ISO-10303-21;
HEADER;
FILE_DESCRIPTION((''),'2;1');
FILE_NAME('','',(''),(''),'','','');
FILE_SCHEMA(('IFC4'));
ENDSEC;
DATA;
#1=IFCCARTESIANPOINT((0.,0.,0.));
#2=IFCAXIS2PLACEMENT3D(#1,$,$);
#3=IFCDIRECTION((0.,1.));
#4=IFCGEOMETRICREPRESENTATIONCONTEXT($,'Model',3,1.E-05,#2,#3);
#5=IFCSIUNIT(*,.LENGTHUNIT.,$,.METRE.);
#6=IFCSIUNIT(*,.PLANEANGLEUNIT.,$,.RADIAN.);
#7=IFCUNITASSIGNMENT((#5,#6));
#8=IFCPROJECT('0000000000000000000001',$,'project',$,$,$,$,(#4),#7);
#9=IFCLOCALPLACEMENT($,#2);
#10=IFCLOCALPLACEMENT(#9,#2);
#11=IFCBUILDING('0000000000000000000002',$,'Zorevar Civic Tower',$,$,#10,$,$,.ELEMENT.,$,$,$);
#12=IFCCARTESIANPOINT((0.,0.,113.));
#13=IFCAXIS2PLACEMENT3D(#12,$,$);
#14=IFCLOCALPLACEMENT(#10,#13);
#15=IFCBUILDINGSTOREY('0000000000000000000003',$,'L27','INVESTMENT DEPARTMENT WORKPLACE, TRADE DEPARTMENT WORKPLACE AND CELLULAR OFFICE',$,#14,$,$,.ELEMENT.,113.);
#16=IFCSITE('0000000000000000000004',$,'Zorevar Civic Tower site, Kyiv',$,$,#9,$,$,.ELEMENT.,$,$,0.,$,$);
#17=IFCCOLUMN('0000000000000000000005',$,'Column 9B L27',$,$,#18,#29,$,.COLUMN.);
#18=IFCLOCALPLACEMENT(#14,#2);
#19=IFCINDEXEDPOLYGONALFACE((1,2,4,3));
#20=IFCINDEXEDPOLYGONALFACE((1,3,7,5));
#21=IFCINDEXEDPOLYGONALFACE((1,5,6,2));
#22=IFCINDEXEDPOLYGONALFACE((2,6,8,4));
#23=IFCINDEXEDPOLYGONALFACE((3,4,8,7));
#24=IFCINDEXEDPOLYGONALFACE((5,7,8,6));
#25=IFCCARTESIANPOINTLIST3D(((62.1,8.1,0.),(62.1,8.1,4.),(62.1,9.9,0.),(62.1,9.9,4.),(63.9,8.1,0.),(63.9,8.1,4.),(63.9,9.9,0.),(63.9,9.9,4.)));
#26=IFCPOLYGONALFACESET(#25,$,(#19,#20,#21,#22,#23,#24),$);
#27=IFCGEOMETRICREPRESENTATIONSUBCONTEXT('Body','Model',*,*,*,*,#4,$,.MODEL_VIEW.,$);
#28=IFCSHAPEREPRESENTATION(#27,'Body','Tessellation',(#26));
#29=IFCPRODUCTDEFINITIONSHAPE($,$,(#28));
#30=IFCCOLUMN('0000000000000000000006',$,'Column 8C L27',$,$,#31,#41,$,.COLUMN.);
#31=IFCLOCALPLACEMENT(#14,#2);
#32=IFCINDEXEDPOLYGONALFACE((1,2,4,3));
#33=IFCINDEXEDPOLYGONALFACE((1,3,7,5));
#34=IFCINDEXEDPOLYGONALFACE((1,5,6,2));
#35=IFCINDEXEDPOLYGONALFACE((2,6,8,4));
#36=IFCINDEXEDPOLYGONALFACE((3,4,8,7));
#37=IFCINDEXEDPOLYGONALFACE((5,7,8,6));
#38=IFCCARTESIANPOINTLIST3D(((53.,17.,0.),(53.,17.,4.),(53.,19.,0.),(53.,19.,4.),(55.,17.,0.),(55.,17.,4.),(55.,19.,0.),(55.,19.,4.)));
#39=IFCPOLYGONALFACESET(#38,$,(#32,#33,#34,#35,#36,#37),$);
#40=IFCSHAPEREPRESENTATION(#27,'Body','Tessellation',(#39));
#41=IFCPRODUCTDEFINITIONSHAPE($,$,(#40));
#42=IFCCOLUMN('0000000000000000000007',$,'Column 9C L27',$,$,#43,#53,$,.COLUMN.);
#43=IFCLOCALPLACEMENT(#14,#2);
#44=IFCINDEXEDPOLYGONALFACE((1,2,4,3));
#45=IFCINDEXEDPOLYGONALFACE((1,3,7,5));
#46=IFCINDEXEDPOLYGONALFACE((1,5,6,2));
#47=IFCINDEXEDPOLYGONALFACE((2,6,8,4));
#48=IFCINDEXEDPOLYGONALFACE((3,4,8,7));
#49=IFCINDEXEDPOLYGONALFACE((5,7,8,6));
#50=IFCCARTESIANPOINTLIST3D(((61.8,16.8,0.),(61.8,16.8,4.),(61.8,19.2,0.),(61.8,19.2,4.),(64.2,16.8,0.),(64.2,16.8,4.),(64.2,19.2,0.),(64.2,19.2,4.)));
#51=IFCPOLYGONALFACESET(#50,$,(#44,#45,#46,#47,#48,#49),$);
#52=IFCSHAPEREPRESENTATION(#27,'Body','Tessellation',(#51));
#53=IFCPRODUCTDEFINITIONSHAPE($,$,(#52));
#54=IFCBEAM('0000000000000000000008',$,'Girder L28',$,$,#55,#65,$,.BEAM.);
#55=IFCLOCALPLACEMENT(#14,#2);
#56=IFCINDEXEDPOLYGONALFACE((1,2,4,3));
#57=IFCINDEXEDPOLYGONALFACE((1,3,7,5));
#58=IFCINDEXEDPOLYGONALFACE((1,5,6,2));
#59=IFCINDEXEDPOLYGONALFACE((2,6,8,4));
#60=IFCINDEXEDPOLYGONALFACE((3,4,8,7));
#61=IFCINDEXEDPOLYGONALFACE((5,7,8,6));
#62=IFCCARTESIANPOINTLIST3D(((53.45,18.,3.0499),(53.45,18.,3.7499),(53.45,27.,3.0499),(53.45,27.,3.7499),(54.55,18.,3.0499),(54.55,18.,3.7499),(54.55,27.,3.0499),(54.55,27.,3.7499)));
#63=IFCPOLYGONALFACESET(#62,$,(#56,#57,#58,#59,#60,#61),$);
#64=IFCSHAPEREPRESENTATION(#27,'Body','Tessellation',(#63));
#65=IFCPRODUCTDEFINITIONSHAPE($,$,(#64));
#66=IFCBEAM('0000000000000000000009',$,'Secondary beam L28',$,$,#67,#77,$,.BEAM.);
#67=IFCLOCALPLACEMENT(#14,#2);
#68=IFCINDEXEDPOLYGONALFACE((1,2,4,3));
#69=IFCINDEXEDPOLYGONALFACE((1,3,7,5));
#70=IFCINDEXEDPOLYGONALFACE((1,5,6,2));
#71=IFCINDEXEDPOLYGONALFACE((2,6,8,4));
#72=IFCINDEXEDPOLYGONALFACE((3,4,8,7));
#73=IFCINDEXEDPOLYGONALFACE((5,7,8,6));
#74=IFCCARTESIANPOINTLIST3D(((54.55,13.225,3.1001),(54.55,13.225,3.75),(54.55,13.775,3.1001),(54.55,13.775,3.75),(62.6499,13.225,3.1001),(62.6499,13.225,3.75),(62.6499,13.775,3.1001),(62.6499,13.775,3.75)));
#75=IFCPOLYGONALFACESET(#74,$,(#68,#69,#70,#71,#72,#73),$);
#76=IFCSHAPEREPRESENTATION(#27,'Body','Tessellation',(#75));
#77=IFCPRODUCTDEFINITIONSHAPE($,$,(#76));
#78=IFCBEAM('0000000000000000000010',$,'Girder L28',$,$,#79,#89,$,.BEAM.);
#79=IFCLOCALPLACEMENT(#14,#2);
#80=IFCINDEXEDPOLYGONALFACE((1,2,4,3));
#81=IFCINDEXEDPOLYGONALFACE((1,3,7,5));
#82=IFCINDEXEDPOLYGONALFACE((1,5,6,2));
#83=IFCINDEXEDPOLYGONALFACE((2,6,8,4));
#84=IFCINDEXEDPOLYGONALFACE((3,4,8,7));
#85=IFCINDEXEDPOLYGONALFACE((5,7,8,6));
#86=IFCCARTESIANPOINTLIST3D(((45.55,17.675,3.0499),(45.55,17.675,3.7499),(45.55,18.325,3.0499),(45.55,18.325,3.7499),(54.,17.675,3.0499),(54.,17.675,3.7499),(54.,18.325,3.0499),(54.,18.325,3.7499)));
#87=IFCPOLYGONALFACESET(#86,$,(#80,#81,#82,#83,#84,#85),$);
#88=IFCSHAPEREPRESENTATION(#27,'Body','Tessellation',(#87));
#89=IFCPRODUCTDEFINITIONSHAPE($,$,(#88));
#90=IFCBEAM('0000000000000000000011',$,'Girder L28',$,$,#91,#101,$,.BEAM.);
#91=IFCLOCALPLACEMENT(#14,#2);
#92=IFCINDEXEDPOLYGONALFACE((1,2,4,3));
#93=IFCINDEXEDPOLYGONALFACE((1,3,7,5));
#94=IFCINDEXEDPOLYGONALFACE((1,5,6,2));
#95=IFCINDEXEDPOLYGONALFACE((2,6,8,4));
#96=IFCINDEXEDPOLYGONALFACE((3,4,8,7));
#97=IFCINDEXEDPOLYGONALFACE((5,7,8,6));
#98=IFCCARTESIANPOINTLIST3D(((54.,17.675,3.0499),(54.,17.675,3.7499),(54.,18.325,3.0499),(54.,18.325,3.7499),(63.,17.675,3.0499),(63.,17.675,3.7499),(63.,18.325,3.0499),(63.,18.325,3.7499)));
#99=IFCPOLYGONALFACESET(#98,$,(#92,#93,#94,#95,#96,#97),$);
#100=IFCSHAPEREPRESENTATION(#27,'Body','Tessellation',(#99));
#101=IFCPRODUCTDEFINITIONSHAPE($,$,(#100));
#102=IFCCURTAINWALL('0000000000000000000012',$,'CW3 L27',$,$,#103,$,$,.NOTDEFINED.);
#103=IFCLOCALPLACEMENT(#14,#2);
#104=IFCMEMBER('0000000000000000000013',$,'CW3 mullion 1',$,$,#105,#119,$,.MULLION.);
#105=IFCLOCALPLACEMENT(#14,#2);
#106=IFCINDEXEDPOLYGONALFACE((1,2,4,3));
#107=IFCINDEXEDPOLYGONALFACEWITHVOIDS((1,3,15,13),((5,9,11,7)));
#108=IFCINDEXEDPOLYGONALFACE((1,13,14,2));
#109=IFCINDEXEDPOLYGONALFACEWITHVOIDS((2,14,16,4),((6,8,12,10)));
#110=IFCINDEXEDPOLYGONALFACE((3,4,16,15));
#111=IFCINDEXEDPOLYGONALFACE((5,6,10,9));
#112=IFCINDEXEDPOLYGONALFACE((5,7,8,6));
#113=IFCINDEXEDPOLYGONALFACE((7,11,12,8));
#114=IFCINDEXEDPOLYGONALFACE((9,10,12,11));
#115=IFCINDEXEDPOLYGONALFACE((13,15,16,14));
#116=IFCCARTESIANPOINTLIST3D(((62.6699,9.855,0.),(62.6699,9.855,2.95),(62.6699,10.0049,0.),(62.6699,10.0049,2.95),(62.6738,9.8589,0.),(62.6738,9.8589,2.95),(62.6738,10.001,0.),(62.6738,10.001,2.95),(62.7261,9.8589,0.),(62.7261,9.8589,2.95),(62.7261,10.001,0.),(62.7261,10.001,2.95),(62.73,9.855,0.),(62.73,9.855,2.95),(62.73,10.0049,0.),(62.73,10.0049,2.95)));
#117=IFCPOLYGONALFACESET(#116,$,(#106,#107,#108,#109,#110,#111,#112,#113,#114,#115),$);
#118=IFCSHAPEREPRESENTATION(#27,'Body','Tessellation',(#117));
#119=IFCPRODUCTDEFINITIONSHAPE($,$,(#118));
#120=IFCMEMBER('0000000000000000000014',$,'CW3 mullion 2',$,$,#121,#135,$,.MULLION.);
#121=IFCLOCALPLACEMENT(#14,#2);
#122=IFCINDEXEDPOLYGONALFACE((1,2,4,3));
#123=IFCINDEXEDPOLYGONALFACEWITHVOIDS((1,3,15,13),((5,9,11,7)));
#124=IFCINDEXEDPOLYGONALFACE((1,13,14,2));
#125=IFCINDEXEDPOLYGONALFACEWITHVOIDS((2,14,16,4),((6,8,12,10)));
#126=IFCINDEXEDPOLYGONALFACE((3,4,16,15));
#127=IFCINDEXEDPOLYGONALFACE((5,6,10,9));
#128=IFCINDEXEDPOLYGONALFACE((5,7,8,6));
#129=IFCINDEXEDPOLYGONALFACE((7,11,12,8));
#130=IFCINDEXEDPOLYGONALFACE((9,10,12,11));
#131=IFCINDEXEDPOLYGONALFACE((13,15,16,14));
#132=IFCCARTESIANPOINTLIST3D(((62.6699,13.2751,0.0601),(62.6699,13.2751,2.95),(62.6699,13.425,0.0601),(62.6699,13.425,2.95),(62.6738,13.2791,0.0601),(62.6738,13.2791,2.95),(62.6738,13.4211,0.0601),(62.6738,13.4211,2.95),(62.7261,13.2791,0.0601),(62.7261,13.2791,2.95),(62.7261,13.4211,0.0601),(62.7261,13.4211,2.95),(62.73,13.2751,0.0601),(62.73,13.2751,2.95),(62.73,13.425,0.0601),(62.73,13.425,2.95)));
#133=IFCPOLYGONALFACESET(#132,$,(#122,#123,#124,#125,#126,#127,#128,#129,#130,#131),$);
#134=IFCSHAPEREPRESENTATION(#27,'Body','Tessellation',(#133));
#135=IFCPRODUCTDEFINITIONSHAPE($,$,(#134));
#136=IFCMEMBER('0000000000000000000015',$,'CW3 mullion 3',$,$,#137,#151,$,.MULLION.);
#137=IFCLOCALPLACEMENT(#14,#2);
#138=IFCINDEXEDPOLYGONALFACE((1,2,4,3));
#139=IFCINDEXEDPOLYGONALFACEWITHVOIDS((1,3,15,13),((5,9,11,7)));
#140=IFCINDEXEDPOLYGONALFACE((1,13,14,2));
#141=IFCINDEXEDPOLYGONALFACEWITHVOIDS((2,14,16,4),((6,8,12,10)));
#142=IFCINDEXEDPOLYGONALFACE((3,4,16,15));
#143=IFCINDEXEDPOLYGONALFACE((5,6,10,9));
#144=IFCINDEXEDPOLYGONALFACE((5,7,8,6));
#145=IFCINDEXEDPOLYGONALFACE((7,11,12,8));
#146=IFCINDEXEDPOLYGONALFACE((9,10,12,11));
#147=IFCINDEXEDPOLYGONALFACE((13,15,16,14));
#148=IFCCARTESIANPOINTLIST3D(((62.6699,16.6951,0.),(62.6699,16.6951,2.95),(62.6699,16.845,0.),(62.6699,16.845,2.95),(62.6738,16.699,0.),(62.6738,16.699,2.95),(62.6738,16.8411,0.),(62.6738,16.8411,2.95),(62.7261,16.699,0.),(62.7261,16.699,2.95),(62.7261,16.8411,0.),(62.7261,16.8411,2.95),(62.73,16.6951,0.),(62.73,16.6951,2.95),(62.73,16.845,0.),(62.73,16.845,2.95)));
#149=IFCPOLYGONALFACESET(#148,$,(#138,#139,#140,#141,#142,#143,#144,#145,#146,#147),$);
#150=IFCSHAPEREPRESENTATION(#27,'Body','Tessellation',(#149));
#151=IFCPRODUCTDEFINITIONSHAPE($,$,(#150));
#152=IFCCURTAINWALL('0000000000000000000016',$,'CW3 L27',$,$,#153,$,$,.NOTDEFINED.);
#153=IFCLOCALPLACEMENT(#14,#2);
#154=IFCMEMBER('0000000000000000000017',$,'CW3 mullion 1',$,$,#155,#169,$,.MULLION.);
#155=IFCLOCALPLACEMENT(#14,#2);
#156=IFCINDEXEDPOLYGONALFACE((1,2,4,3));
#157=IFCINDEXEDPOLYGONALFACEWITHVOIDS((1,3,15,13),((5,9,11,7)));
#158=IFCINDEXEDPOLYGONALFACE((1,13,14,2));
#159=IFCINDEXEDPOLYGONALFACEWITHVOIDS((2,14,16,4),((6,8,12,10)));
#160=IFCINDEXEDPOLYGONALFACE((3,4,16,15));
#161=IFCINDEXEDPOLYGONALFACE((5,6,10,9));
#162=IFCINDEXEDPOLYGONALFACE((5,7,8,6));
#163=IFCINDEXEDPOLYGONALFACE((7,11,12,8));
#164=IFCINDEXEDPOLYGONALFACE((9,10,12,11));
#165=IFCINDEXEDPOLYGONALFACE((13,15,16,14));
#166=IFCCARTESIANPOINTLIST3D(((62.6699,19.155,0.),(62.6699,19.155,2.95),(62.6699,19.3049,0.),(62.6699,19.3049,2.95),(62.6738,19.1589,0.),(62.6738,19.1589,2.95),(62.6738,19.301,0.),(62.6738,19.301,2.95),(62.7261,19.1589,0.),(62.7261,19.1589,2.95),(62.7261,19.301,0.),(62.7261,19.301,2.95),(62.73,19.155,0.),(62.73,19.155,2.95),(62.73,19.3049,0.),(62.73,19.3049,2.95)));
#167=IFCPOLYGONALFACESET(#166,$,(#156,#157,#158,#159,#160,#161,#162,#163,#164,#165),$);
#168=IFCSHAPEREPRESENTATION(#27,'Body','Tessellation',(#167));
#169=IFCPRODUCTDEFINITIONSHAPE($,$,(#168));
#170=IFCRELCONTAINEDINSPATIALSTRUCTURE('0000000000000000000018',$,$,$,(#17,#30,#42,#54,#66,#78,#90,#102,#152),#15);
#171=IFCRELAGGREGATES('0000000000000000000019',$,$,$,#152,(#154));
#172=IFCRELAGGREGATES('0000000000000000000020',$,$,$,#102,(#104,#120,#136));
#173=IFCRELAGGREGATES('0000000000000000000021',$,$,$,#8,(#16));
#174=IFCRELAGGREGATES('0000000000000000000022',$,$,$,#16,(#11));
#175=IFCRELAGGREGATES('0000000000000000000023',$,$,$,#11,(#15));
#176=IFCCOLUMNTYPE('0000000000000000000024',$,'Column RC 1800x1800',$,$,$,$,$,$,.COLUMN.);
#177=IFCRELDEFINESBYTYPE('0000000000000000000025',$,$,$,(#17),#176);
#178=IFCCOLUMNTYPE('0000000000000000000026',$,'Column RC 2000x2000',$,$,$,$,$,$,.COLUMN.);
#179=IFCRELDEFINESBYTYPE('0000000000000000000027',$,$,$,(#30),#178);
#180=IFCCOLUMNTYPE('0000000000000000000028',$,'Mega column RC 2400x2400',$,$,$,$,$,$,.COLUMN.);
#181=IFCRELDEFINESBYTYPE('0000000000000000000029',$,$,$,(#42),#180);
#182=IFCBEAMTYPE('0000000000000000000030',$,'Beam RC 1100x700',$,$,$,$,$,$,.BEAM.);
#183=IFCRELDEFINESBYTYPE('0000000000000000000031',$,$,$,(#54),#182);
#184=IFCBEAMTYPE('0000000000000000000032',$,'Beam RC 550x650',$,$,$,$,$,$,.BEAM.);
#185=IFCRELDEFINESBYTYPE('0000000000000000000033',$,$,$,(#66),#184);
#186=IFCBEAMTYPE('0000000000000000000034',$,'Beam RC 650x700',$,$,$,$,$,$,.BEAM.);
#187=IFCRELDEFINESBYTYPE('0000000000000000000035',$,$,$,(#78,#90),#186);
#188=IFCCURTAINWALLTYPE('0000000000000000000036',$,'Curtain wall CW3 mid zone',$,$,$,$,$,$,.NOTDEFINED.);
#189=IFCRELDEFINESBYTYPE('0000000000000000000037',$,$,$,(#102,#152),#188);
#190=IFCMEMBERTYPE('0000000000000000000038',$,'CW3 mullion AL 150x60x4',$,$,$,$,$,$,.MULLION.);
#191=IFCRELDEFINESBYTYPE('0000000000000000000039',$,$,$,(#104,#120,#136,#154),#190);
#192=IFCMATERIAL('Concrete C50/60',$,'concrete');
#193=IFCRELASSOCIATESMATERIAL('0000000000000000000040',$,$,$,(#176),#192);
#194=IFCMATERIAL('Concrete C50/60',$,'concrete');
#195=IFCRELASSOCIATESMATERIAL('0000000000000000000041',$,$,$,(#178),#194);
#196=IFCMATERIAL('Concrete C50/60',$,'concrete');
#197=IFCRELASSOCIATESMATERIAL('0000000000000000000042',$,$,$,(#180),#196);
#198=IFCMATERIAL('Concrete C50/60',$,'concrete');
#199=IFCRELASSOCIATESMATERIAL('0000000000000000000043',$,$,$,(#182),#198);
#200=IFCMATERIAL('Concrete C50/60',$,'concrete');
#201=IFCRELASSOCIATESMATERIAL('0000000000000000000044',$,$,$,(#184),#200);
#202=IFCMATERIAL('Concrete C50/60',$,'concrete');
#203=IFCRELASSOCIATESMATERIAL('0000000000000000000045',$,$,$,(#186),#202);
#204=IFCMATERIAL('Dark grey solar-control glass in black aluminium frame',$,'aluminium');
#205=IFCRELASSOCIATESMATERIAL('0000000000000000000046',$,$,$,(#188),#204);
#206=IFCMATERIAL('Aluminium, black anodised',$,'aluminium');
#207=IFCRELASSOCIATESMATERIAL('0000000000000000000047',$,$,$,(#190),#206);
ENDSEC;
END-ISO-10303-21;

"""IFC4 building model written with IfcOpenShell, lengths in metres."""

from ifc_helpers import new_model, si_unit, direction, frame, origin, origin_2d, place, context, subcontext, project, spatial, rectangle, hollow_rectangle, extrude, material, material_profile, profile_set, type_object, element, aggregate, save


model = new_model("IFC4")

# Units and contexts
model_context = context("Model", 3, precision=1e-05, world=origin(), true_north=direction((0.0, 1.0)))
body_context = subcontext(model_context, "Body", "Model", "MODEL_VIEW")
ifc_project = project(units=[si_unit("LENGTHUNIT", "METRE"), si_unit("PLANEANGLEUNIT", "RADIAN")], contexts=[model_context])

# Site, building, storey
site_placement = place(None, origin())
site = spatial("IfcSite", under=ifc_project, at=site_placement, Name="Zorevar Civic Tower site, Kyiv", CompositionType="ELEMENT", RefElevation=0.0)
building_placement = place(site_placement, origin())
building = spatial("IfcBuilding", under=site, at=building_placement, Name="Zorevar Civic Tower", CompositionType="ELEMENT")
storey_placement = place(building_placement, frame((0.0, 0.0, 113.0)))
storey = spatial("IfcBuildingStorey", under=building, at=storey_placement, Name="L27", Description="INVESTMENT DEPARTMENT WORKPLACE, TRADE DEPARTMENT WORKPLACE AND CELLULAR OFFICE", CompositionType="ELEMENT", Elevation=113.0)

# Columns
ifc_material_1 = material(Name="Concrete C50/60", Category="concrete")
ifc_material_profile_1 = material_profile(ifc_material_1, rectangle(XDim=1.8, YDim=1.8, at=origin_2d()), Name="RC 1800x1800")
ifc_profile_set_1 = profile_set([ifc_material_profile_1], Name="Concrete C50/60")
column_type_1 = type_object("IfcColumnType", Name="Column RC 1800x1800", PredefinedType="COLUMN", material=ifc_profile_set_1)
column_1_placement = place(storey_placement, frame((63.0, 9.0, 0.0), z_axis=(0.0, 0.0, 1.0), x_axis=(1.0, 0.0, 0.0)))
element("IfcColumn", 1, at=column_1_placement, inside=storey, type_object=column_type_1, Name="Column 9B L27", PredefinedType="COLUMN", context=body_context, shape_type="SweptSolid", body=[
    extrude(rectangle(XDim=1.8, YDim=1.8, at=origin_2d()), origin(), (0.0, 0.0, 1.0), 4.0),
])
ifc_material_2 = material(Name="Concrete C50/60", Category="concrete")
ifc_material_profile_2 = material_profile(ifc_material_2, rectangle(XDim=2.0, YDim=2.0, at=origin_2d()), Name="RC 2000x2000")
ifc_profile_set_2 = profile_set([ifc_material_profile_2], Name="Concrete C50/60")
column_type_2 = type_object("IfcColumnType", Name="Column RC 2000x2000", PredefinedType="COLUMN", material=ifc_profile_set_2)
column_2_placement = place(storey_placement, frame((54.0, 18.0, 0.0), z_axis=(0.0, 0.0, 1.0), x_axis=(1.0, 0.0, 0.0)))
element("IfcColumn", 2, at=column_2_placement, inside=storey, type_object=column_type_2, Name="Column 8C L27", PredefinedType="COLUMN", context=body_context, shape_type="SweptSolid", body=[
    extrude(rectangle(XDim=2.0, YDim=2.0, at=origin_2d()), origin(), (0.0, 0.0, 1.0), 4.0),
])
ifc_material_3 = material(Name="Concrete C50/60", Category="concrete")
ifc_material_profile_3 = material_profile(ifc_material_3, rectangle(XDim=2.3999, YDim=2.3999, at=origin_2d()), Name="RC 2400x2400")
ifc_profile_set_3 = profile_set([ifc_material_profile_3], Name="Concrete C50/60")
column_type_3 = type_object("IfcColumnType", Name="Mega column RC 2400x2400", PredefinedType="COLUMN", material=ifc_profile_set_3)
column_3_placement = place(storey_placement, frame((63.0, 18.0, 0.0), z_axis=(0.0, 0.0, 1.0), x_axis=(1.0, 0.0, 0.0)))
element("IfcColumn", 3, at=column_3_placement, inside=storey, type_object=column_type_3, Name="Column 9C L27", PredefinedType="COLUMN", context=body_context, shape_type="SweptSolid", body=[
    extrude(rectangle(XDim=2.3999, YDim=2.3999, at=origin_2d()), origin(), (0.0, 0.0, 1.0), 4.0),
])

# Beams
ifc_material_4 = material(Name="Concrete C50/60", Category="concrete")
ifc_material_profile_4 = material_profile(ifc_material_4, rectangle(XDim=1.1001, YDim=0.7, at=origin_2d()), Name="RC 1100x700")
ifc_profile_set_4 = profile_set([ifc_material_profile_4], Name="Concrete C50/60")
beam_type_1 = type_object("IfcBeamType", Name="Beam RC 1100x700", PredefinedType="BEAM", material=ifc_profile_set_4)
beam_1_placement = place(storey_placement, frame((54.0, 18.0, 3.3999), z_axis=(0.0, 1.0, 0.0), x_axis=(-1.0, 0.0, 0.0)))
element("IfcBeam", 4, at=beam_1_placement, inside=storey, type_object=beam_type_1, Name="Girder L28", PredefinedType="BEAM", context=body_context, shape_type="SweptSolid", body=[
    extrude(rectangle(XDim=1.1001, YDim=0.7, at=origin_2d()), origin(), (0.0, 0.0, 1.0), 9.0),
])
ifc_material_5 = material(Name="Concrete C50/60", Category="concrete")
ifc_material_profile_5 = material_profile(ifc_material_5, rectangle(XDim=0.55, YDim=0.6499, at=origin_2d()), Name="RC 550x650")
ifc_profile_set_5 = profile_set([ifc_material_profile_5], Name="Concrete C50/60")
beam_type_2 = type_object("IfcBeamType", Name="Beam RC 550x650", PredefinedType="BEAM", material=ifc_profile_set_5)
beam_2_placement = place(storey_placement, frame((54.55, 13.5, 3.425), z_axis=(1.0, 0.0, 0.0), x_axis=(0.0, 1.0, 0.0)))
element("IfcBeam", 5, at=beam_2_placement, inside=storey, type_object=beam_type_2, Name="Secondary beam L28", PredefinedType="BEAM", context=body_context, shape_type="SweptSolid", body=[
    extrude(rectangle(XDim=0.55, YDim=0.6499, at=origin_2d()), origin(), (0.0, 0.0, 1.0), 8.0999),
])
ifc_material_6 = material(Name="Concrete C50/60", Category="concrete")
ifc_material_profile_6 = material_profile(ifc_material_6, rectangle(XDim=0.6499, YDim=0.7, at=origin_2d()), Name="RC 650x700")
ifc_profile_set_6 = profile_set([ifc_material_profile_6], Name="Concrete C50/60")
beam_type_3 = type_object("IfcBeamType", Name="Beam RC 650x700", PredefinedType="BEAM", material=ifc_profile_set_6)
beam_3_placement = place(storey_placement, frame((45.55, 18.0, 3.3999), z_axis=(1.0, 0.0, 0.0), x_axis=(0.0, 1.0, 0.0)))
element("IfcBeam", 6, at=beam_3_placement, inside=storey, type_object=beam_type_3, Name="Girder L28", PredefinedType="BEAM", context=body_context, shape_type="SweptSolid", body=[
    extrude(rectangle(XDim=0.6499, YDim=0.7, at=origin_2d()), origin(), (0.0, 0.0, 1.0), 8.45),
])
beam_4_placement = place(storey_placement, frame((54.0, 18.0, 3.3999), z_axis=(1.0, 0.0, 0.0), x_axis=(0.0, 1.0, 0.0)))
element("IfcBeam", 7, at=beam_4_placement, inside=storey, type_object=beam_type_3, Name="Girder L28", PredefinedType="BEAM", context=body_context, shape_type="SweptSolid", body=[
    extrude(rectangle(XDim=0.6499, YDim=0.7, at=origin_2d()), origin(), (0.0, 0.0, 1.0), 9.0),
])

# Curtain wall, members
ifc_material_7 = material(Name="Dark grey solar-control glass in black aluminium frame", Category="aluminium")
curtain_wall_type = type_object("IfcCurtainWallType", Name="Curtain wall CW3 mid zone", PredefinedType="NOTDEFINED", material=ifc_material_7)
curtain_wall_1_placement = place(storey_placement, origin())
curtain_wall_1 = element("IfcCurtainWall", 8, at=curtain_wall_1_placement, inside=storey, type_object=curtain_wall_type, Name="CW3 L27", PredefinedType="NOTDEFINED")
ifc_material_8 = material(Name="Aluminium, black anodised", Category="aluminium")
ifc_material_profile_7 = material_profile(ifc_material_8, hollow_rectangle(XDim=0.0601, YDim=0.1499, WallThickness=0.0039, at=origin_2d()), Name="AL 150x60x4")
ifc_profile_set_7 = profile_set([ifc_material_profile_7], Name="Aluminium, black anodised")
member_type_1 = type_object("IfcMemberType", Name="CW3 mullion AL 150x60x4", PredefinedType="MULLION", material=ifc_profile_set_7)
member_1_placement = place(storey_placement, frame((62.7, 9.9299, 0.0), z_axis=(0.0, 0.0, 1.0), x_axis=(-1.0, 0.0, 0.0)))
member_1 = element("IfcMember", 9, at=member_1_placement, type_object=member_type_1, Name="CW3 mullion 1", PredefinedType="MULLION", context=body_context, shape_type="SweptSolid", body=[
    extrude(hollow_rectangle(XDim=0.0601, YDim=0.1499, WallThickness=0.0039, at=origin_2d()), origin(), (0.0, 0.0, 1.0), 2.95),
])
member_2_placement = place(storey_placement, frame((62.7, 13.3501, 0.0601), z_axis=(0.0, 0.0, 1.0), x_axis=(-1.0, 0.0, 0.0)))
member_2 = element("IfcMember", 10, at=member_2_placement, type_object=member_type_1, Name="CW3 mullion 2", PredefinedType="MULLION", context=body_context, shape_type="SweptSolid", body=[
    extrude(hollow_rectangle(XDim=0.0601, YDim=0.1499, WallThickness=0.0039, at=origin_2d()), origin(), (0.0, 0.0, 1.0), 2.8899),
])
member_3_placement = place(storey_placement, frame((62.7, 16.77, 0.0), z_axis=(0.0, 0.0, 1.0), x_axis=(-1.0, 0.0, 0.0)))
member_3 = element("IfcMember", 11, at=member_3_placement, type_object=member_type_1, Name="CW3 mullion 3", PredefinedType="MULLION", context=body_context, shape_type="SweptSolid", body=[
    extrude(hollow_rectangle(XDim=0.0601, YDim=0.1499, WallThickness=0.0039, at=origin_2d()), origin(), (0.0, 0.0, 1.0), 2.95),
])

# Curtain wall, member
curtain_wall_2_placement = place(storey_placement, origin())
curtain_wall_2 = element("IfcCurtainWall", 12, at=curtain_wall_2_placement, inside=storey, type_object=curtain_wall_type, Name="CW3 L27", PredefinedType="NOTDEFINED")
member_4_placement = place(storey_placement, frame((62.7, 19.23, 0.0), z_axis=(0.0, 0.0, 1.0), x_axis=(-1.0, 0.0, 0.0)))
member_4 = element("IfcMember", 13, at=member_4_placement, type_object=member_type_1, Name="CW3 mullion 1", PredefinedType="MULLION", context=body_context, shape_type="SweptSolid", body=[
    extrude(hollow_rectangle(XDim=0.0601, YDim=0.1499, WallThickness=0.0039, at=origin_2d()), origin(), (0.0, 0.0, 1.0), 2.95),
])
aggregate(curtain_wall_2, [member_4])

aggregate(curtain_wall_1, [member_1, member_2, member_3])

save(model, "model.ifc")
